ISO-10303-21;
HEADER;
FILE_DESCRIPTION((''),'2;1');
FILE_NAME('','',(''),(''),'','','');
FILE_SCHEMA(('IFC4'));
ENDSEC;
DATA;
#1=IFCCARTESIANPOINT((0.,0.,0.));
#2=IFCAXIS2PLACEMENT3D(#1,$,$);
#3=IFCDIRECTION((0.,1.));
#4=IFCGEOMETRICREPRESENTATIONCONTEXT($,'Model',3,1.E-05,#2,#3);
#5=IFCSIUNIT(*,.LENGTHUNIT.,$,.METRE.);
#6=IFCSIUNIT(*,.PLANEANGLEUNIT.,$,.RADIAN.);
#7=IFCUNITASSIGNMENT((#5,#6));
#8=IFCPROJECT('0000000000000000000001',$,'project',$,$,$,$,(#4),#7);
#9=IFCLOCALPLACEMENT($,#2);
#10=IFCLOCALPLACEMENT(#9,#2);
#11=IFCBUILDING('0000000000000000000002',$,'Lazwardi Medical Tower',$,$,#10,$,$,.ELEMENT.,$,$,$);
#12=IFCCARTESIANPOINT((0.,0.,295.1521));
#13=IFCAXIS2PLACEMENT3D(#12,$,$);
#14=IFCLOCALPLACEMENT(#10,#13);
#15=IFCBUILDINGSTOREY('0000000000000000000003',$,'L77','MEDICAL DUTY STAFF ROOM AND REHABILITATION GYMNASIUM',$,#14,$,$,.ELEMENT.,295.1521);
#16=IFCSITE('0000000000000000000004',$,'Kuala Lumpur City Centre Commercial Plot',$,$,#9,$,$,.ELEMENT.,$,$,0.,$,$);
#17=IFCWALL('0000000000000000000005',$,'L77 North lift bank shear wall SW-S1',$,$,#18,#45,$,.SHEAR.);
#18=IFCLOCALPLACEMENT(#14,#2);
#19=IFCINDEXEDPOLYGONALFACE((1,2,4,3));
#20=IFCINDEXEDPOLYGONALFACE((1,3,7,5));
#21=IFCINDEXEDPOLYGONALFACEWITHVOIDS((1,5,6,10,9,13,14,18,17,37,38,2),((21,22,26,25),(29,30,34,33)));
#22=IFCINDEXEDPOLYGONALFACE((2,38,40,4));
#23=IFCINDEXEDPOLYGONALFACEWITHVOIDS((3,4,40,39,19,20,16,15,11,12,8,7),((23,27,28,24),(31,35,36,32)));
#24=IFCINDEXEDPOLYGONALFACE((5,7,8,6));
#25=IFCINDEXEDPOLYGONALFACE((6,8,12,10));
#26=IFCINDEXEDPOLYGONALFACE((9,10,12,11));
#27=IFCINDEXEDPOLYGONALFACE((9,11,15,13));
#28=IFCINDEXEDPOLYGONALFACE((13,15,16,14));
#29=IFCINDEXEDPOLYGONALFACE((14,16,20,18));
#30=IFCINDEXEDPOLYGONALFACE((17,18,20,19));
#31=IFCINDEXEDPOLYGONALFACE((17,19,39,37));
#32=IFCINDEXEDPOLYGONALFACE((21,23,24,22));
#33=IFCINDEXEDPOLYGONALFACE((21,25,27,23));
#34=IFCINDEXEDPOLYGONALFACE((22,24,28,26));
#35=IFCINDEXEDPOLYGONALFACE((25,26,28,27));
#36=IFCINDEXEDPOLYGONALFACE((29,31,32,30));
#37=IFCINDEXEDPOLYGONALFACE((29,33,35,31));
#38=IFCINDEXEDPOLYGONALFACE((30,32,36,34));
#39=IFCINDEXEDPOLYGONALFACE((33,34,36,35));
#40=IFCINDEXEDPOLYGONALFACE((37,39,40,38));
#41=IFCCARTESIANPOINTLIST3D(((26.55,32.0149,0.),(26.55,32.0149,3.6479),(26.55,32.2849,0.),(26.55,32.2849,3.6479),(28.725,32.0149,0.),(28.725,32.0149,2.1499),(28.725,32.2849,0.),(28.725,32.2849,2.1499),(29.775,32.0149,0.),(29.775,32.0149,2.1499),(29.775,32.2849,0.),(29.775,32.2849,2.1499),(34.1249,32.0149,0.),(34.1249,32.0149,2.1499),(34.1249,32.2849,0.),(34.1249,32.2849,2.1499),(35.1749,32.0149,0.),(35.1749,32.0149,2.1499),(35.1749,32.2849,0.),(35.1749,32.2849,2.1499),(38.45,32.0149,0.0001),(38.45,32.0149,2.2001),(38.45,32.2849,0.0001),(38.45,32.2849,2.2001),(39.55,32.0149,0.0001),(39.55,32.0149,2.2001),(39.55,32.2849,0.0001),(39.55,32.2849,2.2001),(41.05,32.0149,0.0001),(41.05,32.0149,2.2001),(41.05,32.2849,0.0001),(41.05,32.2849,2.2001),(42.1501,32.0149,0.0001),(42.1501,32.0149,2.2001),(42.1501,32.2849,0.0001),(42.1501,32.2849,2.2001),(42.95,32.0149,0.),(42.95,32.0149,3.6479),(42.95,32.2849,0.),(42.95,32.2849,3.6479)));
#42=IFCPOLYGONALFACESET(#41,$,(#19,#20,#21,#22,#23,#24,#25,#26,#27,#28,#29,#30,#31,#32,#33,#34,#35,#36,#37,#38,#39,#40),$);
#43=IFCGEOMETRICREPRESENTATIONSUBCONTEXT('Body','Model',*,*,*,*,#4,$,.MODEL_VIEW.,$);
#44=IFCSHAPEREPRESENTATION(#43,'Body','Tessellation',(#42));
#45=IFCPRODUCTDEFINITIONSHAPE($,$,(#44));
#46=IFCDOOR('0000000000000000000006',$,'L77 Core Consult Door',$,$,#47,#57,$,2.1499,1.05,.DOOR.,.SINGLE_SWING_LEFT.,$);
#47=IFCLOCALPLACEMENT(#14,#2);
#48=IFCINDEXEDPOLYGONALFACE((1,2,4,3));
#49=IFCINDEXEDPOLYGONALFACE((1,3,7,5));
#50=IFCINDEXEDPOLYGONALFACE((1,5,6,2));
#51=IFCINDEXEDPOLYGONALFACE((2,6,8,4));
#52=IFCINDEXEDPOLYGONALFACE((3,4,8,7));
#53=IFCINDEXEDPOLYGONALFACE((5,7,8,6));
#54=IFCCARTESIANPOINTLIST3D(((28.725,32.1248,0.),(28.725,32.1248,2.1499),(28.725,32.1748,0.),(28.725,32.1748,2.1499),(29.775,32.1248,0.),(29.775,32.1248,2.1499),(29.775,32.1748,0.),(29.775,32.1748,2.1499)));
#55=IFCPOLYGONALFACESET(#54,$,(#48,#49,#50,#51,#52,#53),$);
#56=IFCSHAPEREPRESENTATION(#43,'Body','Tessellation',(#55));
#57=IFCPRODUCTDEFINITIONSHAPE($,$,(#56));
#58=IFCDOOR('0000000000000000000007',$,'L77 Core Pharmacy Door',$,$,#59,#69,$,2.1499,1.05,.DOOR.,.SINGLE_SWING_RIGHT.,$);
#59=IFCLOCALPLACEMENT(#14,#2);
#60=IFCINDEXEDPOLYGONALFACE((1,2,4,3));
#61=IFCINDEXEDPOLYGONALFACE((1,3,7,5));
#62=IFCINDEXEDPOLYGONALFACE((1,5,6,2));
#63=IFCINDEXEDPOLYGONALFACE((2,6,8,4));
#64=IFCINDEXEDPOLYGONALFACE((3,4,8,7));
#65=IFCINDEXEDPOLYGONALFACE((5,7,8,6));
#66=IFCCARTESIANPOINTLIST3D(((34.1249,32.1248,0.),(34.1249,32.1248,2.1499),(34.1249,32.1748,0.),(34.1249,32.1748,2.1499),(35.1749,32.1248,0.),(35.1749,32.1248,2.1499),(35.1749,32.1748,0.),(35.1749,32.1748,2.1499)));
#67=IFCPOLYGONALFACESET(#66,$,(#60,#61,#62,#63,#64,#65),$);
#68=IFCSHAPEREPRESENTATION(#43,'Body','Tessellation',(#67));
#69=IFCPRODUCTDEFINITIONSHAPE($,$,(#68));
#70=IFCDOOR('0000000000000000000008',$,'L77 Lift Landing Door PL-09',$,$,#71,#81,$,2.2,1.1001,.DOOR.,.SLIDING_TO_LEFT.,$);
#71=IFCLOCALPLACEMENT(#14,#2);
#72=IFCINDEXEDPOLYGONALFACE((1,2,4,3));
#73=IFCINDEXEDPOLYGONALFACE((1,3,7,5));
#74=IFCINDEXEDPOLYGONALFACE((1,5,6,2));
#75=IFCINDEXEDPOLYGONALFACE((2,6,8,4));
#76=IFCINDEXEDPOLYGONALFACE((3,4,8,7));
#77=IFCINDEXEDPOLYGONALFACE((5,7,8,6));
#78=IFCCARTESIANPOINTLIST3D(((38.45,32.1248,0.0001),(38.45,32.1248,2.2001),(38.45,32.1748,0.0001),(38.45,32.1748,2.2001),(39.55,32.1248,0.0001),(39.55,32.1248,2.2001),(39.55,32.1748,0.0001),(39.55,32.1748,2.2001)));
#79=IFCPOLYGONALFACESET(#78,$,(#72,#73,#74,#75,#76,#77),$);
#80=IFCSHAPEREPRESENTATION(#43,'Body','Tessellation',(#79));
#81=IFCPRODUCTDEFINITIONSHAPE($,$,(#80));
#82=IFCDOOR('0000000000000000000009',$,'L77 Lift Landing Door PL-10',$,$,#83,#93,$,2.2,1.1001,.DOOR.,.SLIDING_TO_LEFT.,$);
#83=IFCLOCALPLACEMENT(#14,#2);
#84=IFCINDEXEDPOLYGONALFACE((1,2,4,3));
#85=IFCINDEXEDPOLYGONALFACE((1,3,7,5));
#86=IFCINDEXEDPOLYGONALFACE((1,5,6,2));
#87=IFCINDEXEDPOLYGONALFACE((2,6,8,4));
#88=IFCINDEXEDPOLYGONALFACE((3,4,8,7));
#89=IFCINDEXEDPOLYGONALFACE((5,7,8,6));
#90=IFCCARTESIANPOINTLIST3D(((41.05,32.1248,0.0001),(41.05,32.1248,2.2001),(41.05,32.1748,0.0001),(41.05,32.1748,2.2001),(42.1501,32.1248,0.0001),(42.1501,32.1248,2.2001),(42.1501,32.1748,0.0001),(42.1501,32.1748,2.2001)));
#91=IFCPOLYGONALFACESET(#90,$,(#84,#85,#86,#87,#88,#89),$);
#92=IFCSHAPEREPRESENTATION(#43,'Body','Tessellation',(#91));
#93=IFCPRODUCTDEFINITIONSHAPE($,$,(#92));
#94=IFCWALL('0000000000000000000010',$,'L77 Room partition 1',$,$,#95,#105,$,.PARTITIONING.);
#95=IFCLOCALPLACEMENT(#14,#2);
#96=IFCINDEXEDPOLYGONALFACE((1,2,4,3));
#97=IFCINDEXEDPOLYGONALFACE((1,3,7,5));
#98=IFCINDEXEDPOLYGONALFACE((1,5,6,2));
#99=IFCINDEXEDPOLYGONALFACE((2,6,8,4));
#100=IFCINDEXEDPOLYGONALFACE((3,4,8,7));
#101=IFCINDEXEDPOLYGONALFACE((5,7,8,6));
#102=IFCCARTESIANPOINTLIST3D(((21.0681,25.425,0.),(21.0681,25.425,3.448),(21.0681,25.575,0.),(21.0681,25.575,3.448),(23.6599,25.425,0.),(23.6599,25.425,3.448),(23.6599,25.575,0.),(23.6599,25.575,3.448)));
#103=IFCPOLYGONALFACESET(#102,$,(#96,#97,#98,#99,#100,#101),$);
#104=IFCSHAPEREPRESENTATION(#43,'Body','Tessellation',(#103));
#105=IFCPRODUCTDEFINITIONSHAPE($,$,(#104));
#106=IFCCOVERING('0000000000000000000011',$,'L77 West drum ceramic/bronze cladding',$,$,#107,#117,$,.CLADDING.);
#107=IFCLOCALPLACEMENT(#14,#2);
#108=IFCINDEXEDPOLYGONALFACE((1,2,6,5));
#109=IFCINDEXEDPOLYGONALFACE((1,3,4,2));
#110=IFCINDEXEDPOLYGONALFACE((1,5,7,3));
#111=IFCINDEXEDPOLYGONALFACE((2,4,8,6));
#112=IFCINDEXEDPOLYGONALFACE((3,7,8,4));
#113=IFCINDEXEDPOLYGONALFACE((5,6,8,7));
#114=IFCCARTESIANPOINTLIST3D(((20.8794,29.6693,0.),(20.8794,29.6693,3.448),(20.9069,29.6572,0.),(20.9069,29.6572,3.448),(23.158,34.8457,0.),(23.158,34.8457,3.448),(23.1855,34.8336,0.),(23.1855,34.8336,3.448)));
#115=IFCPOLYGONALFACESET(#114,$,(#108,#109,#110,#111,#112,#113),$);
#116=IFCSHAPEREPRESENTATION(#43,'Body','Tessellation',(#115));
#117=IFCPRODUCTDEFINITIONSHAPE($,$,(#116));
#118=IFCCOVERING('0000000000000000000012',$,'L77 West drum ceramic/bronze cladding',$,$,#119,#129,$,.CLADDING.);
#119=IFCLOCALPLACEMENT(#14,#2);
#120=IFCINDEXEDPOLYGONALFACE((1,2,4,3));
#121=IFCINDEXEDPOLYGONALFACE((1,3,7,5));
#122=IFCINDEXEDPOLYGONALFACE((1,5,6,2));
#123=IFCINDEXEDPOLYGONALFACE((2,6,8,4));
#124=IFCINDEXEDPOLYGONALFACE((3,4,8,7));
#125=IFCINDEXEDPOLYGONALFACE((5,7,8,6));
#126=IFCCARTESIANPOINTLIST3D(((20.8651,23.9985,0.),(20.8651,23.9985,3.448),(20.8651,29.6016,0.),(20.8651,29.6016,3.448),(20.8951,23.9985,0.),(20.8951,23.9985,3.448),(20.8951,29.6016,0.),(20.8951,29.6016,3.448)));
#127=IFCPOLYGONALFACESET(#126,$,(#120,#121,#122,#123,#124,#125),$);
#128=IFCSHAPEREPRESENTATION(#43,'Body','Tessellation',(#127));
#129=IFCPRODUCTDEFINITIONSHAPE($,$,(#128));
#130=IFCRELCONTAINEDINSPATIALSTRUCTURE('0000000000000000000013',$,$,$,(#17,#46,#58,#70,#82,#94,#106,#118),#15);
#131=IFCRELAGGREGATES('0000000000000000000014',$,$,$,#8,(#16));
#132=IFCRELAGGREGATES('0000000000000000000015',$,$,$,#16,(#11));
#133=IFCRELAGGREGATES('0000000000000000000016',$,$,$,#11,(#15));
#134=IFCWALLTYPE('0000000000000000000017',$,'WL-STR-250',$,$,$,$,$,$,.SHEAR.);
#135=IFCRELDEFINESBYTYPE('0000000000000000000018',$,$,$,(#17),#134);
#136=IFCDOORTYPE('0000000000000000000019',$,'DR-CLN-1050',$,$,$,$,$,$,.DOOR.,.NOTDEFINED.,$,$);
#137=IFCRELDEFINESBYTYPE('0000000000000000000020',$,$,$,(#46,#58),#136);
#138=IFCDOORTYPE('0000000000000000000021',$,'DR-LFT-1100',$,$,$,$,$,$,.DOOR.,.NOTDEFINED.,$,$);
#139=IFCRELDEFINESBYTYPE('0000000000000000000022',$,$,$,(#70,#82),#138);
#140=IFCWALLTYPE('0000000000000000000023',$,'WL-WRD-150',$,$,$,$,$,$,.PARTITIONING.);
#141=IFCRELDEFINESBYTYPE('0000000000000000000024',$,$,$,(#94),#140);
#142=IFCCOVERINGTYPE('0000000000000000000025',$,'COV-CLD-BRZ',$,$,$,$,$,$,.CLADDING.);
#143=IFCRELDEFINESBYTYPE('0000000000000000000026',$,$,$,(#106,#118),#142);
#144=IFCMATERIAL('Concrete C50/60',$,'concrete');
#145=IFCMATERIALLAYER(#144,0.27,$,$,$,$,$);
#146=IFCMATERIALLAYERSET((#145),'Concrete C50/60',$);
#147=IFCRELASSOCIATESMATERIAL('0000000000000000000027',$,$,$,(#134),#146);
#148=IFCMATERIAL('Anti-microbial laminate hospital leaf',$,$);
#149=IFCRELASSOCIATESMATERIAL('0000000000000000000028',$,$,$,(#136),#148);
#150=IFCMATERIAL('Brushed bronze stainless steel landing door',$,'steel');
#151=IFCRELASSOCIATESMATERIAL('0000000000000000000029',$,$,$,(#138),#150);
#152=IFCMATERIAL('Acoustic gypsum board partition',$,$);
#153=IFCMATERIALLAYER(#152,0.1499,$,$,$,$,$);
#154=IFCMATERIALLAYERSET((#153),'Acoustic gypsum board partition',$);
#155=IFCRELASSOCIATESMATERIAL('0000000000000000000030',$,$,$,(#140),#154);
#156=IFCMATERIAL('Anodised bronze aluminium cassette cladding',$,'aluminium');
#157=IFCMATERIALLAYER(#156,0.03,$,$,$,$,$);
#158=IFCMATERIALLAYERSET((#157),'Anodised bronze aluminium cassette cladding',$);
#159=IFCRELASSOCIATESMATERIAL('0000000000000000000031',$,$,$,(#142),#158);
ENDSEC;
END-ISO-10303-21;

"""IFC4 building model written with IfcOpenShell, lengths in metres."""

from ifc_helpers import new_model, si_unit, direction, frame, frame_2d, origin, origin_2d, place, context, subcontext, project, spatial, rectangle, extrude, material, layer, layer_set, type_object, element, fill, save


model = new_model("IFC4")

# Units and contexts
model_context = context("Model", 3, precision=1e-05, world=origin(), true_north=direction((0.0, 1.0)))
body_context = subcontext(model_context, "Body", "Model", "MODEL_VIEW")
ifc_project = project(units=[si_unit("LENGTHUNIT", "METRE"), si_unit("PLANEANGLEUNIT", "RADIAN")], contexts=[model_context])

# Site, building, storey
site_placement = place(None, origin())
site = spatial("IfcSite", under=ifc_project, at=site_placement, Name="Kuala Lumpur City Centre Commercial Plot", CompositionType="ELEMENT", RefElevation=0.0)
building_placement = place(site_placement, origin())
building = spatial("IfcBuilding", under=site, at=building_placement, Name="Lazwardi Medical Tower", CompositionType="ELEMENT")
storey_placement = place(building_placement, frame((0.0, 0.0, 295.1521)))
storey = spatial("IfcBuildingStorey", under=building, at=storey_placement, Name="L77", Description="MEDICAL DUTY STAFF ROOM AND REHABILITATION GYMNASIUM", CompositionType="ELEMENT", Elevation=295.1521)

# Shared definitions
ifc_material_1 = material(Name="Concrete C50/60", Category="concrete")
ifc_layer_1 = layer(ifc_material_1, 0.27)
ifc_layer_set_1 = layer_set([ifc_layer_1], Name="Concrete C50/60")
wall_type_1 = type_object("IfcWallType", Name="WL-STR-250", PredefinedType="SHEAR", material=ifc_layer_set_1)

# Wall, openings, doors
wall_1_placement = place(storey_placement, frame((26.55, 32.1499, 0.0), z_axis=(0.0, 0.0, 1.0), x_axis=(1.0, 0.0, 0.0)))
wall_1 = element("IfcWall", 1, at=wall_1_placement, inside=storey, type_object=wall_type_1, Name="L77 North lift bank shear wall SW-S1", PredefinedType="SHEAR", context=body_context, shape_type="SweptSolid", body=[
    extrude(rectangle(XDim=16.3999, YDim=0.27, at=frame_2d((8.2, 0.0))), origin(), (0.0, 0.0, 1.0), 3.6479),
])
opening_1_placement = place(wall_1_placement, frame((2.175, 0.0, 0.0)))
opening_1 = element("IfcOpeningElement", 2, at=opening_1_placement, cuts=wall_1, PredefinedType="OPENING", context=body_context, shape_type="SweptSolid", body=[
    extrude(rectangle(XDim=1.05, YDim=2.1499, at=frame_2d((0.5249, 1.075))), frame((0.0, 0.145, 0.0), z_axis=(0.0, -1.0, 0.0), x_axis=(1.0, 0.0, 0.0)), (0.0, 0.0, 1.0), 0.29),
])
opening_2_placement = place(wall_1_placement, frame((7.575, 0.0, 0.0)))
opening_2 = element("IfcOpeningElement", 3, at=opening_2_placement, cuts=wall_1, PredefinedType="OPENING", context=body_context, shape_type="SweptSolid", body=[
    extrude(rectangle(XDim=1.05, YDim=2.1499, at=frame_2d((0.5249, 1.075))), frame((0.0, 0.145, 0.0), z_axis=(0.0, -1.0, 0.0), x_axis=(1.0, 0.0, 0.0)), (0.0, 0.0, 1.0), 0.29),
])
opening_3_placement = place(wall_1_placement, frame((11.8999, 0.0, 0.0)))
opening_3 = element("IfcOpeningElement", 4, at=opening_3_placement, cuts=wall_1, PredefinedType="OPENING", context=body_context, shape_type="SweptSolid", body=[
    extrude(rectangle(XDim=1.1001, YDim=2.2, at=frame_2d((0.55, 1.1001))), frame((0.0, 0.145, 0.0), z_axis=(0.0, -1.0, 0.0), x_axis=(1.0, 0.0, 0.0)), (0.0, 0.0, 1.0), 0.29),
])
opening_4_placement = place(wall_1_placement, frame((14.5, 0.0, 0.0)))
opening_4 = element("IfcOpeningElement", 5, at=opening_4_placement, cuts=wall_1, PredefinedType="OPENING", context=body_context, shape_type="SweptSolid", body=[
    extrude(rectangle(XDim=1.1001, YDim=2.2, at=frame_2d((0.55, 1.1001))), frame((0.0, 0.145, 0.0), z_axis=(0.0, -1.0, 0.0), x_axis=(1.0, 0.0, 0.0)), (0.0, 0.0, 1.0), 0.29),
])
ifc_material_2 = material(Name="Anti-microbial laminate hospital leaf")
door_type_1 = type_object("IfcDoorType", Name="DR-CLN-1050", OperationType="NOTDEFINED", PredefinedType="DOOR", material=ifc_material_2)
door_1_placement = place(opening_1_placement, origin())
door_1 = element("IfcDoor", 6, at=door_1_placement, inside=storey, type_object=door_type_1, Name="L77 Core Consult Door", OperationType="SINGLE_SWING_LEFT", OverallHeight=2.1499, OverallWidth=1.05, PredefinedType="DOOR", context=body_context, shape_type="SweptSolid", body=[
    extrude(rectangle(XDim=1.05, YDim=2.1499, at=frame_2d((0.5249, 1.075))), frame((0.0, 0.0249, 0.0), z_axis=(0.0, -1.0, 0.0), x_axis=(1.0, 0.0, 0.0)), (0.0, 0.0, 1.0), 0.05),
])
fill(opening_1, door_1)
door_2_placement = place(opening_2_placement, origin())
door_2 = element("IfcDoor", 7, at=door_2_placement, inside=storey, type_object=door_type_1, Name="L77 Core Pharmacy Door", OperationType="SINGLE_SWING_RIGHT", OverallHeight=2.1499, OverallWidth=1.05, PredefinedType="DOOR", context=body_context, shape_type="SweptSolid", body=[
    extrude(rectangle(XDim=1.05, YDim=2.1499, at=frame_2d((0.5249, 1.075))), frame((0.0, 0.0249, 0.0), z_axis=(0.0, -1.0, 0.0), x_axis=(1.0, 0.0, 0.0)), (0.0, 0.0, 1.0), 0.05),
])
fill(opening_2, door_2)
ifc_material_3 = material(Name="Brushed bronze stainless steel landing door", Category="steel")
door_type_2 = type_object("IfcDoorType", Name="DR-LFT-1100", OperationType="NOTDEFINED", PredefinedType="DOOR", material=ifc_material_3)
door_3_placement = place(opening_3_placement, origin())
door_3 = element("IfcDoor", 8, at=door_3_placement, inside=storey, type_object=door_type_2, Name="L77 Lift Landing Door PL-09", OperationType="SLIDING_TO_LEFT", OverallHeight=2.2, OverallWidth=1.1001, PredefinedType="DOOR", context=body_context, shape_type="SweptSolid", body=[
    extrude(rectangle(XDim=1.1001, YDim=2.2, at=frame_2d((0.55, 1.1001))), frame((0.0, 0.0249, 0.0), z_axis=(0.0, -1.0, 0.0), x_axis=(1.0, 0.0, 0.0)), (0.0, 0.0, 1.0), 0.05),
])
fill(opening_3, door_3)
door_4_placement = place(opening_4_placement, origin())
door_4 = element("IfcDoor", 9, at=door_4_placement, inside=storey, type_object=door_type_2, Name="L77 Lift Landing Door PL-10", OperationType="SLIDING_TO_LEFT", OverallHeight=2.2, OverallWidth=1.1001, PredefinedType="DOOR", context=body_context, shape_type="SweptSolid", body=[
    extrude(rectangle(XDim=1.1001, YDim=2.2, at=frame_2d((0.55, 1.1001))), frame((0.0, 0.0249, 0.0), z_axis=(0.0, -1.0, 0.0), x_axis=(1.0, 0.0, 0.0)), (0.0, 0.0, 1.0), 0.05),
])
fill(opening_4, door_4)

# Wall
ifc_material_4 = material(Name="Acoustic gypsum board partition")
ifc_layer_2 = layer(ifc_material_4, 0.1499)
ifc_layer_set_2 = layer_set([ifc_layer_2], Name="Acoustic gypsum board partition")
wall_type_2 = type_object("IfcWallType", Name="WL-WRD-150", PredefinedType="PARTITIONING", material=ifc_layer_set_2)
wall_2_placement = place(storey_placement, frame((21.0681, 25.5, 0.0), z_axis=(0.0, 0.0, 1.0), x_axis=(1.0, 0.0, 0.0)))
element("IfcWall", 10, at=wall_2_placement, inside=storey, type_object=wall_type_2, Name="L77 Room partition 1", PredefinedType="PARTITIONING", context=body_context, shape_type="SweptSolid", body=[
    extrude(rectangle(XDim=2.5918, YDim=0.1499, at=frame_2d((1.2959, 0.0))), origin(), (0.0, 0.0, 1.0), 3.448),
])

# Coverings
ifc_material_5 = material(Name="Anodised bronze aluminium cassette cladding", Category="aluminium")
ifc_layer_3 = layer(ifc_material_5, 0.03)
ifc_layer_set_3 = layer_set([ifc_layer_3], Name="Anodised bronze aluminium cassette cladding")
covering_type = type_object("IfcCoveringType", Name="COV-CLD-BRZ", PredefinedType="CLADDING", material=ifc_layer_set_3)
covering_1_placement = place(storey_placement, frame((22.0325, 32.2515, 0.0), z_axis=(0.0, 0.0, 1.0), x_axis=(-0.402878, -0.915254, 0.0)))
element("IfcCovering", 11, at=covering_1_placement, inside=storey, type_object=covering_type, Name="L77 West drum ceramic/bronze cladding", PredefinedType="CLADDING", context=body_context, shape_type="SweptSolid", body=[
    extrude(rectangle(XDim=5.6558, YDim=0.03, at=origin_2d()), origin(), (0.0, 0.0, 1.0), 3.448),
])
covering_2_placement = place(storey_placement, frame((20.8801, 26.8, 0.0), z_axis=(0.0, 0.0, 1.0), x_axis=(0.0, -1.0, 0.0)))
element("IfcCovering", 12, at=covering_2_placement, inside=storey, type_object=covering_type, Name="L77 West drum ceramic/bronze cladding", PredefinedType="CLADDING", context=body_context, shape_type="SweptSolid", body=[
    extrude(rectangle(XDim=5.603, YDim=0.03, at=origin_2d()), origin(), (0.0, 0.0, 1.0), 3.448),
])

save(model, "model.ifc")
